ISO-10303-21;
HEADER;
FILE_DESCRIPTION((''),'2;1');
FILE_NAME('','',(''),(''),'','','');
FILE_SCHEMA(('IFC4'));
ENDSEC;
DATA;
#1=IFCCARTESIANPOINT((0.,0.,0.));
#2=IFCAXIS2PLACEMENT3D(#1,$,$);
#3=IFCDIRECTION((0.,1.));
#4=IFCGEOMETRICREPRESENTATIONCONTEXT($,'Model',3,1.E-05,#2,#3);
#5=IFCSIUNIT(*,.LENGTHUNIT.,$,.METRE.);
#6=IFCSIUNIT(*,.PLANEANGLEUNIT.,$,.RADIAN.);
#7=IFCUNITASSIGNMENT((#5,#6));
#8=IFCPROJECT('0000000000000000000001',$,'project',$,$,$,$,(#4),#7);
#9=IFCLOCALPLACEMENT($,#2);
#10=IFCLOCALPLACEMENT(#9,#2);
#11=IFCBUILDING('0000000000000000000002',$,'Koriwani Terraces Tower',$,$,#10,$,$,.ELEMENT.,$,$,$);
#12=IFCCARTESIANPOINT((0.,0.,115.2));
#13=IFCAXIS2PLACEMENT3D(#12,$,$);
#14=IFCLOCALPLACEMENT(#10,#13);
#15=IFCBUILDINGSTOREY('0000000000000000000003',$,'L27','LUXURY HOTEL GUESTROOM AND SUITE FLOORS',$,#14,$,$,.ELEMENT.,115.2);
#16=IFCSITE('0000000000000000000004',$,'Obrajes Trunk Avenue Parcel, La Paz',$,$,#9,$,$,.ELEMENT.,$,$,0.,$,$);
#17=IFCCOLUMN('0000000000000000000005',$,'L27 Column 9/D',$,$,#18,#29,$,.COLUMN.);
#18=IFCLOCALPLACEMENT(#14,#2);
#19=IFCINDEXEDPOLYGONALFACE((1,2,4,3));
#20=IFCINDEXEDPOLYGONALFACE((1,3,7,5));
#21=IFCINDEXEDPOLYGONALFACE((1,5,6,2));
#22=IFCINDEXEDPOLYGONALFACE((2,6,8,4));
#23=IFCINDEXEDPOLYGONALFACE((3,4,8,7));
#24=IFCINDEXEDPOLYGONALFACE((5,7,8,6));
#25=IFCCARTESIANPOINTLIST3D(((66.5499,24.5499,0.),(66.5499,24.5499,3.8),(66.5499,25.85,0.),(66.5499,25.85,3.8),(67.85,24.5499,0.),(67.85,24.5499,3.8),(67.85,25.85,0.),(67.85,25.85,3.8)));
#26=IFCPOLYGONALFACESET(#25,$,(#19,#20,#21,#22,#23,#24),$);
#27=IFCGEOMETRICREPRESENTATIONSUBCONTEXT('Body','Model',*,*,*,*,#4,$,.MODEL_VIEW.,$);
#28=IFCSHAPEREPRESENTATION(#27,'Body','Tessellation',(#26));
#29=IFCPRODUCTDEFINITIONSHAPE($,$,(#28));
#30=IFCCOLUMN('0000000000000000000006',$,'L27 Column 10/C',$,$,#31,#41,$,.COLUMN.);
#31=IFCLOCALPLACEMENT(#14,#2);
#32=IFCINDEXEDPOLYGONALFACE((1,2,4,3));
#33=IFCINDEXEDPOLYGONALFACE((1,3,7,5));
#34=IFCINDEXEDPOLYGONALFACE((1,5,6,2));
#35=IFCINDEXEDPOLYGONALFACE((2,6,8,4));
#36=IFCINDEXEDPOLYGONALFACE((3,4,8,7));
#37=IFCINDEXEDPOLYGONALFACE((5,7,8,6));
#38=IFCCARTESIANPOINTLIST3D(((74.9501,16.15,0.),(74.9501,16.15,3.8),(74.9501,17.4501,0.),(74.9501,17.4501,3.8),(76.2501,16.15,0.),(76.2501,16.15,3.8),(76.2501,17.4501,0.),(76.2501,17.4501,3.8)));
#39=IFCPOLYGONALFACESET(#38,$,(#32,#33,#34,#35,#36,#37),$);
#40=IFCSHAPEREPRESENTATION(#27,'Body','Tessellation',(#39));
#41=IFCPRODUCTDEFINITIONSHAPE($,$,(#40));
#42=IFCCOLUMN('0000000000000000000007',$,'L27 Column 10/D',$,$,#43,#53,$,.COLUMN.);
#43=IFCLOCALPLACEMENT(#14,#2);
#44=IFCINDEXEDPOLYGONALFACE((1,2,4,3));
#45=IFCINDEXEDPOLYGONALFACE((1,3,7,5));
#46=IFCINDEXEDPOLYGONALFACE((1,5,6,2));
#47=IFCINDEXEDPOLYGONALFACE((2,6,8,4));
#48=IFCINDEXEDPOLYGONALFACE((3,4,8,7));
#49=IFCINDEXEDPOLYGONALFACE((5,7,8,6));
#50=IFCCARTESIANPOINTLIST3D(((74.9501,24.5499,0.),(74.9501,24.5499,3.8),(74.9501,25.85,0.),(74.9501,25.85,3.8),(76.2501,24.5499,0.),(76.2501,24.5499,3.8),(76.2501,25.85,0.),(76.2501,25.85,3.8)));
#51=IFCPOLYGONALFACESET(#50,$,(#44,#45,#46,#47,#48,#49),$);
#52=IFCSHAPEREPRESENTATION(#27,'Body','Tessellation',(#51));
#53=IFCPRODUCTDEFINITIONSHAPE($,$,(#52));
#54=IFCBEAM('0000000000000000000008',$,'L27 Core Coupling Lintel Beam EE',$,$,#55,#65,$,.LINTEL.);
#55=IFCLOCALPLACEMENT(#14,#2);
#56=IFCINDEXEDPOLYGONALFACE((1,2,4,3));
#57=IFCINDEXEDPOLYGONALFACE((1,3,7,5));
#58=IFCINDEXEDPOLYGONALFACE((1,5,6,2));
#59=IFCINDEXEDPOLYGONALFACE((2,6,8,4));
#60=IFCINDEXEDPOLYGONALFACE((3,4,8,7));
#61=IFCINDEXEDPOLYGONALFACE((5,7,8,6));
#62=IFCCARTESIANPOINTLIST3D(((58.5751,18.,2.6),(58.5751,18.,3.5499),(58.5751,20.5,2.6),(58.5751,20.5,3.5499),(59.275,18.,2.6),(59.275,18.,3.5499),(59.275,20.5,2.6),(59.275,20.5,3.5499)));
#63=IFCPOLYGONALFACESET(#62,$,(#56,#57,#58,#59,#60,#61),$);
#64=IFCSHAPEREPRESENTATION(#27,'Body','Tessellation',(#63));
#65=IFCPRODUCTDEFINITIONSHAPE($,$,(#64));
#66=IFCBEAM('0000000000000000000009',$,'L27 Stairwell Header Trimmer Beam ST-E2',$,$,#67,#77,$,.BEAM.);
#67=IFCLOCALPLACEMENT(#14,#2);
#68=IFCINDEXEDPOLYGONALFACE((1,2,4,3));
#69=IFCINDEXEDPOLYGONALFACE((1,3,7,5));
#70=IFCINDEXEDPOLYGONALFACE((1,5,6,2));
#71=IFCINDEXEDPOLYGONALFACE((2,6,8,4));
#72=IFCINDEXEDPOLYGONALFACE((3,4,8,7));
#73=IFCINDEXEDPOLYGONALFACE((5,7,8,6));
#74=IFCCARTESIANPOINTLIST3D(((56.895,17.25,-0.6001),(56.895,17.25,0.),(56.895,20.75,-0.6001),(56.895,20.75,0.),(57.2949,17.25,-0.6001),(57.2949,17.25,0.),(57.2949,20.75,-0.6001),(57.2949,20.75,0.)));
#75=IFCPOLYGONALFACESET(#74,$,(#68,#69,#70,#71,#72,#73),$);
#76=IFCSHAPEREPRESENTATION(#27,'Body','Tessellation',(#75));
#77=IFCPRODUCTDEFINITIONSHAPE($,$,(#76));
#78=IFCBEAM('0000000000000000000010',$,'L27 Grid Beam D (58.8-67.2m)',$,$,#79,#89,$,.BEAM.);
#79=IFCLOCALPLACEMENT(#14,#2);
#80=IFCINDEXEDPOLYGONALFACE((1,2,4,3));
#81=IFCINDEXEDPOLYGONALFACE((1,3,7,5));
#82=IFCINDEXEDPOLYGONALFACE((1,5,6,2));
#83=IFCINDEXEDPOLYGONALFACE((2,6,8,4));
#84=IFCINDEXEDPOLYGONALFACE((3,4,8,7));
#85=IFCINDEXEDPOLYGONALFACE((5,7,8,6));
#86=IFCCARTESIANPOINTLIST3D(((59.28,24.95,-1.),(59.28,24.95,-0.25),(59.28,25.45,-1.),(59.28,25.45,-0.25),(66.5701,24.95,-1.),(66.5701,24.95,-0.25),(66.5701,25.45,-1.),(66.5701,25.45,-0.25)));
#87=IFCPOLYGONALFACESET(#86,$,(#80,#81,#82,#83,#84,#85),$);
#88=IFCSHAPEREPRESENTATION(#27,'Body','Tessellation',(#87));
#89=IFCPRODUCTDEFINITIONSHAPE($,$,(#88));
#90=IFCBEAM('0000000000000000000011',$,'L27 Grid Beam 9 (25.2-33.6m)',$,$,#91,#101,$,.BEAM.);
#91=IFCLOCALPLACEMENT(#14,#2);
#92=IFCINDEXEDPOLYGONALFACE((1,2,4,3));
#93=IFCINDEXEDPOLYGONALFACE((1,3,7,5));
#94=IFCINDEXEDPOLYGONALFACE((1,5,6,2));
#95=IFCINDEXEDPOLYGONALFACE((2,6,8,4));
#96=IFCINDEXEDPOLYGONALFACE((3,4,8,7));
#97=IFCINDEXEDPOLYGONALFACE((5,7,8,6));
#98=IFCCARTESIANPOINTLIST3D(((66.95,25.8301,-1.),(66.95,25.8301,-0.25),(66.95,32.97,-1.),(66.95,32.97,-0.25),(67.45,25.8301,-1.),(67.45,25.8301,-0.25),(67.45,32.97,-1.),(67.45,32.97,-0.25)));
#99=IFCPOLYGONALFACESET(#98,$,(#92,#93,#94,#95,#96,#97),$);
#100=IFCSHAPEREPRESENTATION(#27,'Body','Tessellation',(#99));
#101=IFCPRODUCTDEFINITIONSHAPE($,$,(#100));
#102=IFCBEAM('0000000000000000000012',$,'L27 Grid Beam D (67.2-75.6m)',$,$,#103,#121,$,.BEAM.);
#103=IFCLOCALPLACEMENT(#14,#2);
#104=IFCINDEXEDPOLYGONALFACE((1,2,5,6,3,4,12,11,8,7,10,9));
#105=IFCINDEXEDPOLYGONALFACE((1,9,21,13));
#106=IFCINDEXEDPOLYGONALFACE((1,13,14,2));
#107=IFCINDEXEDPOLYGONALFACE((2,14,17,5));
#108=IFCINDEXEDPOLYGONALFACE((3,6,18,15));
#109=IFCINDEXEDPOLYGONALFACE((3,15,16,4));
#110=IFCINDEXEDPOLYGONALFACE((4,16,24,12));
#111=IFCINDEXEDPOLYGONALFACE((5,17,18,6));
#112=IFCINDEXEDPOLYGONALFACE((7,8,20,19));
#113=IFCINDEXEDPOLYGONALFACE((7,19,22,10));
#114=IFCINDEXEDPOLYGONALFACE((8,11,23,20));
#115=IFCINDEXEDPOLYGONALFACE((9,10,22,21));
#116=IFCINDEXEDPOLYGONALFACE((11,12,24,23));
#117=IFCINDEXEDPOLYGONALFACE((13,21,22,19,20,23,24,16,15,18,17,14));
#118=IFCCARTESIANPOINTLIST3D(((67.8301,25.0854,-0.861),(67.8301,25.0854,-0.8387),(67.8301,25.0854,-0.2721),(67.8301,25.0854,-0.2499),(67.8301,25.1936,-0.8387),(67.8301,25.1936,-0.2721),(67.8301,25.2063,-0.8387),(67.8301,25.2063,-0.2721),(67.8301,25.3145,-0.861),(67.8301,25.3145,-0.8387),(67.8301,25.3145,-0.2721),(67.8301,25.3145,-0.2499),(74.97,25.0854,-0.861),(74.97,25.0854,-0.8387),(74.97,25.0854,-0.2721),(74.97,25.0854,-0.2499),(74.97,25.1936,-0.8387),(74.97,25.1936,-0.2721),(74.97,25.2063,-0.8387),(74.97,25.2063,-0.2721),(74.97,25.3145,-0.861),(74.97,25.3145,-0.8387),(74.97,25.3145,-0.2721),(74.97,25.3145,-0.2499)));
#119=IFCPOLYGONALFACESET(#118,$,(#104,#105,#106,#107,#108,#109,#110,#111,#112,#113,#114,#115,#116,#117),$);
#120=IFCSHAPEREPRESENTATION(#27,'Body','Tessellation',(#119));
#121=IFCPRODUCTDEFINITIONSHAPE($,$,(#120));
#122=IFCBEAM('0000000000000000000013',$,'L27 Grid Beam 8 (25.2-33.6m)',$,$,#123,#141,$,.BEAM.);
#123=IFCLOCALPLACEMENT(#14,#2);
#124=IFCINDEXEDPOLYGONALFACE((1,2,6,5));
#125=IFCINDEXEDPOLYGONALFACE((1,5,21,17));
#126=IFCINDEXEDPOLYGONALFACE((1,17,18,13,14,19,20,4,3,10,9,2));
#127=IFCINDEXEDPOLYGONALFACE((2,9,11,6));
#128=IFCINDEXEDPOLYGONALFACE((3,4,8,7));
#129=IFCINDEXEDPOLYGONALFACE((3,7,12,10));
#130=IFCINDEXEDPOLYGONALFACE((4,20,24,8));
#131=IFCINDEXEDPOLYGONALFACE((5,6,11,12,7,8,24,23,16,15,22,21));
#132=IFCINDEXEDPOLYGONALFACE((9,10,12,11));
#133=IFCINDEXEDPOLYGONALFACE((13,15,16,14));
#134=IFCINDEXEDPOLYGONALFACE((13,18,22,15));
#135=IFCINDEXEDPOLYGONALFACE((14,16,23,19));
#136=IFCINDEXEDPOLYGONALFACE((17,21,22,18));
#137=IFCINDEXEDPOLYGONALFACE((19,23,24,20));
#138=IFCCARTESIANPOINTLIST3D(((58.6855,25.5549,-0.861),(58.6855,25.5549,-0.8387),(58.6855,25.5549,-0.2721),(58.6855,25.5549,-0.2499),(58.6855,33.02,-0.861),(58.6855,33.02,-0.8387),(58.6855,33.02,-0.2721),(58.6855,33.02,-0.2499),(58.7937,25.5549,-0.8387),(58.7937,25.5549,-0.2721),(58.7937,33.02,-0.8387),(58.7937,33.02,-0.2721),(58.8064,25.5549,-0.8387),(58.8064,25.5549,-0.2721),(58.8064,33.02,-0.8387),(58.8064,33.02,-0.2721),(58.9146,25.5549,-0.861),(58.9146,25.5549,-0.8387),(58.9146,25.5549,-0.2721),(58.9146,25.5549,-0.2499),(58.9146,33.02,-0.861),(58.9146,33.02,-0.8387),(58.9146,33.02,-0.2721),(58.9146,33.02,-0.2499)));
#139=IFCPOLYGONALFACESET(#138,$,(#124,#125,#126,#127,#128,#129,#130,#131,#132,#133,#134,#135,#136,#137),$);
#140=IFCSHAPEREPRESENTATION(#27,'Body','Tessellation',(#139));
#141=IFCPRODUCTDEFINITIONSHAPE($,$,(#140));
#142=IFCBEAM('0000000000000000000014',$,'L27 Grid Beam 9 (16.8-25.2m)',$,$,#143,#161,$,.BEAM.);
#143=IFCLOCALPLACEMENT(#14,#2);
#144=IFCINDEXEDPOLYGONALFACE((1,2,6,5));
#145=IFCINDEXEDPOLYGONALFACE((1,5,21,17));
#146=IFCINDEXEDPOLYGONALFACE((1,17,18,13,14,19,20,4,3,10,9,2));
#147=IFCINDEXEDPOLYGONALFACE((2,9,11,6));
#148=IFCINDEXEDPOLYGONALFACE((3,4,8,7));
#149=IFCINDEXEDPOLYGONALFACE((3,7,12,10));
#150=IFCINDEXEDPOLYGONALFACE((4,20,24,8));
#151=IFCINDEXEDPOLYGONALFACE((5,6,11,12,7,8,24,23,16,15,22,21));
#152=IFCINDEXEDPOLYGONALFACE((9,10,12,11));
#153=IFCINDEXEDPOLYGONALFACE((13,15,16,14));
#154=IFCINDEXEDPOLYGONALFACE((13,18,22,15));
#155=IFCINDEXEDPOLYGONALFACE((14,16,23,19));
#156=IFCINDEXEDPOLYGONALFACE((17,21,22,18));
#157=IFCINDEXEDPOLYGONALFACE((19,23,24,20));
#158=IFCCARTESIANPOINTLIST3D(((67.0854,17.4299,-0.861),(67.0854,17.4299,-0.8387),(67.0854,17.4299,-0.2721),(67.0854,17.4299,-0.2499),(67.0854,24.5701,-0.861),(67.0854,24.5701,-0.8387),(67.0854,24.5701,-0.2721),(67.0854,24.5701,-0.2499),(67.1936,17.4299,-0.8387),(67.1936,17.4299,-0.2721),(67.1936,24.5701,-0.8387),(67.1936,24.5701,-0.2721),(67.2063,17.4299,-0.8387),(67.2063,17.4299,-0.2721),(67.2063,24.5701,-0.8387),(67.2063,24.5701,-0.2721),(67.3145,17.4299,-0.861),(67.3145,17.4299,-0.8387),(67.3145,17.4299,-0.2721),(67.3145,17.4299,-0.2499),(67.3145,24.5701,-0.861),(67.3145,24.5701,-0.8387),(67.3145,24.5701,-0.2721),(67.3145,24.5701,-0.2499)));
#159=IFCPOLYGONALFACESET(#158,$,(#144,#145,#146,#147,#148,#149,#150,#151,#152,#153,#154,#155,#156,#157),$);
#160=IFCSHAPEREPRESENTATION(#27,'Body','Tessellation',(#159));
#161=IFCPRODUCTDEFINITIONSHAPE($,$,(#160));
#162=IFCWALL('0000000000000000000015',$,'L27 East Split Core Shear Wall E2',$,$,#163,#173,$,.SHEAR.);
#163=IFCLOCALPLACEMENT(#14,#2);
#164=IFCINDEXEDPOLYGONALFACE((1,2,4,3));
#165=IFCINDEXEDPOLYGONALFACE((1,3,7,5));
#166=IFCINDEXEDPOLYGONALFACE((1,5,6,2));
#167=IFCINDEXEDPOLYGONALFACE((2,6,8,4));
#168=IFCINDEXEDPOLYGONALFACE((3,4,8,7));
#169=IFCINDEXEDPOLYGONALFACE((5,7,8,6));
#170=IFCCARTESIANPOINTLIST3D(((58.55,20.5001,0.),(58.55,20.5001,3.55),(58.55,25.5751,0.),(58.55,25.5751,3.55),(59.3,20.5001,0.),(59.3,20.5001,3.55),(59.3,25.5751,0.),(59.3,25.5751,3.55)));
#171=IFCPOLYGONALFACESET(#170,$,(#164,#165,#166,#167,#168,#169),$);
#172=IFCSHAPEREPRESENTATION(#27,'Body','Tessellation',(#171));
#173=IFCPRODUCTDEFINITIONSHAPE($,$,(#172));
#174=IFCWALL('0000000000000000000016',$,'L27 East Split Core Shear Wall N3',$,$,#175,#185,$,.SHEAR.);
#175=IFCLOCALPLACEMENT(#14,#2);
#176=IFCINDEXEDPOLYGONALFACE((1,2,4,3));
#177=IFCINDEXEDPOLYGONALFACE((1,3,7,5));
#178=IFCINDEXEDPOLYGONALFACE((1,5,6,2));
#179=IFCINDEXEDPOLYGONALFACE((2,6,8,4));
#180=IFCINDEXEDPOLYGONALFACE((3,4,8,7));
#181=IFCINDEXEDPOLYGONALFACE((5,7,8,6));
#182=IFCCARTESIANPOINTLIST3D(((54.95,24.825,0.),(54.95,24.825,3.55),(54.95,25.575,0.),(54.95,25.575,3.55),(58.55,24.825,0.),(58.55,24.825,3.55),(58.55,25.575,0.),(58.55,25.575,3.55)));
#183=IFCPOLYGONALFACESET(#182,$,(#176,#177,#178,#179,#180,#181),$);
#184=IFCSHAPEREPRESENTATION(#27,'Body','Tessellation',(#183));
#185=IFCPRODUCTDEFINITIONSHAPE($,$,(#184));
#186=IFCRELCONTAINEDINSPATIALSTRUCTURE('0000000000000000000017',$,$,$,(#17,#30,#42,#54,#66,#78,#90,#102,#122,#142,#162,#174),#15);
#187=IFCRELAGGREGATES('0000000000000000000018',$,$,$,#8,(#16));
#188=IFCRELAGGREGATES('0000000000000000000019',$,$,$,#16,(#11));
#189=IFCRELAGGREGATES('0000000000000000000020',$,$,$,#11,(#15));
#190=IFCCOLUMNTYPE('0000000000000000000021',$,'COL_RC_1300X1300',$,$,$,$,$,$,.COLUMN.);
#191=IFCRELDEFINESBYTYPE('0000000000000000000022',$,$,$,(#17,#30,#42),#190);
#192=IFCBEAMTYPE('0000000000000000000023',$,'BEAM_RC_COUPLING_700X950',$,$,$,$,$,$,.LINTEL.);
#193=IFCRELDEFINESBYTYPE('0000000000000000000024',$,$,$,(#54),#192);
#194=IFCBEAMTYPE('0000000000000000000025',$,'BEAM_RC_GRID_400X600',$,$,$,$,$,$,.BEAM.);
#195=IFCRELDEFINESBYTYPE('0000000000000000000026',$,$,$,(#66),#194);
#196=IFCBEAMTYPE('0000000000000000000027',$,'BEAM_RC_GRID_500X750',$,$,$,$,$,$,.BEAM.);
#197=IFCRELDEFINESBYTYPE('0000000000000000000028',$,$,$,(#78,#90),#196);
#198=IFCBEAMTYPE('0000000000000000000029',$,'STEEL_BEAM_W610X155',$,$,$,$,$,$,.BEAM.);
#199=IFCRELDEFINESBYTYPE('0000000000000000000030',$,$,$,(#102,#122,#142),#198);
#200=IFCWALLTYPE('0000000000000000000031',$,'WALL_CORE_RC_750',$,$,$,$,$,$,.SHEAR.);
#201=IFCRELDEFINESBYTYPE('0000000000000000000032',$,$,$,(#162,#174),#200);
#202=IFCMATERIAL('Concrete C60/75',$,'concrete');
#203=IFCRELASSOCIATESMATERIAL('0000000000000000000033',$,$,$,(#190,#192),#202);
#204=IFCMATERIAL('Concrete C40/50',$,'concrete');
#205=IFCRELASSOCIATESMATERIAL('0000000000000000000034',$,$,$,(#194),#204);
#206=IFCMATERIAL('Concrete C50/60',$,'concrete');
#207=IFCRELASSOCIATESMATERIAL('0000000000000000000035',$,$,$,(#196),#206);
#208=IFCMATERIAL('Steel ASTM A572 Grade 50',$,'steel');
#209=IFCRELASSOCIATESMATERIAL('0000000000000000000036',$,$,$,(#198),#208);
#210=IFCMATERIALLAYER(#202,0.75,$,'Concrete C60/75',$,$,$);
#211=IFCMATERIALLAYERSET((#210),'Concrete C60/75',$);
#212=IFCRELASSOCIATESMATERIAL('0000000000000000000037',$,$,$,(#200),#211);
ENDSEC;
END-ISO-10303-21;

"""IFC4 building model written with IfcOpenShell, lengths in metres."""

from ifc_helpers import new_model, si_unit, direction, frame, frame_2d, origin, origin_2d, place, context, subcontext, project, spatial, rectangle, i_section, extrude, material, layer, layer_set, material_profile, profile_set, type_object, element, save


model = new_model("IFC4")

# Units and contexts
model_context = context("Model", 3, precision=1e-05, world=origin(), true_north=direction((0.0, 1.0)))
body_context = subcontext(model_context, "Body", "Model", "MODEL_VIEW")
ifc_project = project(units=[si_unit("LENGTHUNIT", "METRE"), si_unit("PLANEANGLEUNIT", "RADIAN")], contexts=[model_context])

# Site, building, storey
site_placement = place(None, origin())
site = spatial("IfcSite", under=ifc_project, at=site_placement, Name="Obrajes Trunk Avenue Parcel, La Paz", CompositionType="ELEMENT", RefElevation=0.0)
building_placement = place(site_placement, origin())
building = spatial("IfcBuilding", under=site, at=building_placement, Name="Koriwani Terraces Tower", CompositionType="ELEMENT")
storey_placement = place(building_placement, frame((0.0, 0.0, 115.2)))
storey = spatial("IfcBuildingStorey", under=building, at=storey_placement, Name="L27", Description="LUXURY HOTEL GUESTROOM AND SUITE FLOORS", CompositionType="ELEMENT", Elevation=115.2)

# Columns
ifc_material_1 = material(Name="Concrete C60/75", Category="concrete")
ifc_material_profile_1 = material_profile(ifc_material_1, rectangle(XDim=1.3, YDim=1.3, at=origin_2d()), Name="Concrete C60/75", Category="LoadBearing")
ifc_profile_set_1 = profile_set([ifc_material_profile_1], Name="Concrete C60/75")
column_type = type_object("IfcColumnType", Name="COL_RC_1300X1300", PredefinedType="COLUMN", material=ifc_profile_set_1)
for number, where, z_axis, x_axis, name in (
    (1, (67.2, 25.2, 0.0), (0.0, 0.0, 1.0), (1.0, 0.0, 0.0), "L27 Column 9/D"),
    (2, (75.6001, 16.8, 0.0), (0.0, 0.0, 1.0), (1.0, 0.0, 0.0), "L27 Column 10/C"),
    (3, (75.6001, 25.2, 0.0), (0.0, 0.0, 1.0), (1.0, 0.0, 0.0), "L27 Column 10/D"),
):
    element("IfcColumn", number, at=place(storey_placement, frame(where, z_axis=z_axis, x_axis=x_axis)), inside=storey, type_object=column_type, Name=name, PredefinedType="COLUMN", context=body_context, shape_type="SweptSolid", body=[
        extrude(rectangle(XDim=1.3, YDim=1.3, at=origin_2d()), origin(), (0.0, 0.0, 1.0), 3.8),
    ])

# Beams
ifc_material_profile_2 = material_profile(ifc_material_1, rectangle(XDim=0.7, YDim=0.95, at=origin_2d()), Name="Concrete C60/75", Category="LoadBearing")
ifc_profile_set_2 = profile_set([ifc_material_profile_2], Name="Concrete C60/75")
beam_type_1 = type_object("IfcBeamType", Name="BEAM_RC_COUPLING_700X950", PredefinedType="LINTEL", material=ifc_profile_set_2)
beam_1_placement = place(storey_placement, frame((58.925, 18.0, 3.075), z_axis=(0.0, 1.0, 0.0), x_axis=(-1.0, 0.0, 0.0)))
element("IfcBeam", 4, at=beam_1_placement, inside=storey, type_object=beam_type_1, Name="L27 Core Coupling Lintel Beam EE", PredefinedType="LINTEL", context=body_context, shape_type="SweptSolid", body=[
    extrude(rectangle(XDim=0.7, YDim=0.95, at=origin_2d()), origin(), (0.0, 0.0, 1.0), 2.5),
])
ifc_material_2 = material(Name="Concrete C40/50", Category="concrete")
ifc_material_profile_3 = material_profile(ifc_material_2, rectangle(XDim=0.3999, YDim=0.6001, at=origin_2d()), Name="Concrete C40/50", Category="LoadBearing")
ifc_profile_set_3 = profile_set([ifc_material_profile_3], Name="Concrete C40/50")
beam_type_2 = type_object("IfcBeamType", Name="BEAM_RC_GRID_400X600", PredefinedType="BEAM", material=ifc_profile_set_3)
beam_2_placement = place(storey_placement, frame((57.095, 17.25, -0.3), z_axis=(0.0, 1.0, 0.0), x_axis=(-1.0, 0.0, 0.0)))
element("IfcBeam", 5, at=beam_2_placement, inside=storey, type_object=beam_type_2, Name="L27 Stairwell Header Trimmer Beam ST-E2", PredefinedType="BEAM", context=body_context, shape_type="SweptSolid", body=[
    extrude(rectangle(XDim=0.3999, YDim=0.6001, at=origin_2d()), origin(), (0.0, 0.0, 1.0), 3.5),
])
ifc_material_3 = material(Name="Concrete C50/60", Category="concrete")
ifc_material_profile_4 = material_profile(ifc_material_3, rectangle(XDim=0.5, YDim=0.75, at=origin_2d()), Name="Concrete C50/60", Category="LoadBearing")
ifc_profile_set_4 = profile_set([ifc_material_profile_4], Name="Concrete C50/60")
beam_type_3 = type_object("IfcBeamType", Name="BEAM_RC_GRID_500X750", PredefinedType="BEAM", material=ifc_profile_set_4)
beam_3_placement = place(storey_placement, frame((59.28, 25.2, -0.625), z_axis=(1.0, 0.0, 0.0), x_axis=(0.0, 1.0, 0.0)))
element("IfcBeam", 6, at=beam_3_placement, inside=storey, type_object=beam_type_3, Name="L27 Grid Beam D (58.8-67.2m)", PredefinedType="BEAM", context=body_context, shape_type="SweptSolid", body=[
    extrude(rectangle(XDim=0.5, YDim=0.75, at=origin_2d()), origin(), (0.0, 0.0, 1.0), 7.29),
])
beam_4_placement = place(storey_placement, frame((67.2, 25.8301, -0.625), z_axis=(0.0, 1.0, 0.0), x_axis=(-1.0, 0.0, 0.0)))
element("IfcBeam", 7, at=beam_4_placement, inside=storey, type_object=beam_type_3, Name="L27 Grid Beam 9 (25.2-33.6m)", PredefinedType="BEAM", context=body_context, shape_type="SweptSolid", body=[
    extrude(rectangle(XDim=0.5, YDim=0.75, at=origin_2d()), origin(), (0.0, 0.0, 1.0), 7.1399),
])
ifc_material_4 = material(Name="Steel ASTM A572 Grade 50", Category="steel")
ifc_material_profile_5 = material_profile(ifc_material_4, i_section(OverallWidth=0.229, OverallDepth=0.6111, WebThickness=0.0127, FlangeThickness=0.0222, at=origin_2d()), Name="Steel ASTM A572 Grade 50", Category="LoadBearing")
ifc_profile_set_5 = profile_set([ifc_material_profile_5], Name="Steel ASTM A572 Grade 50")
beam_type_4 = type_object("IfcBeamType", Name="STEEL_BEAM_W610X155", PredefinedType="BEAM", material=ifc_profile_set_5)
beam_5_placement = place(storey_placement, frame((67.8301, 25.2, -0.5554), z_axis=(1.0, 0.0, 0.0), x_axis=(0.0, 1.0, 0.0)))
element("IfcBeam", 8, at=beam_5_placement, inside=storey, type_object=beam_type_4, Name="L27 Grid Beam D (67.2-75.6m)", PredefinedType="BEAM", context=body_context, shape_type="SweptSolid", body=[
    extrude(i_section(OverallWidth=0.229, OverallDepth=0.6111, WebThickness=0.0127, FlangeThickness=0.0222, at=origin_2d()), origin(), (0.0, 0.0, 1.0), 7.1399),
])
beam_6_placement = place(storey_placement, frame((58.8, 25.5549, -0.5554), z_axis=(0.0, 1.0, 0.0), x_axis=(-1.0, 0.0, 0.0)))
element("IfcBeam", 9, at=beam_6_placement, inside=storey, type_object=beam_type_4, Name="L27 Grid Beam 8 (25.2-33.6m)", PredefinedType="BEAM", context=body_context, shape_type="SweptSolid", body=[
    extrude(i_section(OverallWidth=0.229, OverallDepth=0.6111, WebThickness=0.0127, FlangeThickness=0.0222, at=origin_2d()), origin(), (0.0, 0.0, 1.0), 7.4651),
])
beam_7_placement = place(storey_placement, frame((67.2, 17.4299, -0.5554), z_axis=(0.0, 1.0, 0.0), x_axis=(-1.0, 0.0, 0.0)))
element("IfcBeam", 10, at=beam_7_placement, inside=storey, type_object=beam_type_4, Name="L27 Grid Beam 9 (16.8-25.2m)", PredefinedType="BEAM", context=body_context, shape_type="SweptSolid", body=[
    extrude(i_section(OverallWidth=0.229, OverallDepth=0.6111, WebThickness=0.0127, FlangeThickness=0.0222, at=origin_2d()), origin(), (0.0, 0.0, 1.0), 7.1401),
])

# Walls
ifc_layer_1 = layer(ifc_material_1, 0.75, Name="Concrete C60/75")
ifc_layer_set_1 = layer_set([ifc_layer_1], Name="Concrete C60/75")
wall_type_1 = type_object("IfcWallType", Name="WALL_CORE_RC_750", PredefinedType="SHEAR", material=ifc_layer_set_1)
wall_1_placement = place(storey_placement, frame((58.925, 20.5, 0.0), z_axis=(0.0, 0.0, 1.0), x_axis=(0.0, 1.0, 0.0)))
element("IfcWall", 11, at=wall_1_placement, inside=storey, type_object=wall_type_1, Name="L27 East Split Core Shear Wall E2", PredefinedType="SHEAR", context=body_context, shape_type="SweptSolid", body=[
    extrude(rectangle(XDim=5.075, YDim=0.75, at=frame_2d((2.5376, 0.0))), origin(), (0.0, 0.0, 1.0), 3.55),
])
wall_2_placement = place(storey_placement, frame((54.95, 25.2, 0.0), z_axis=(0.0, 0.0, 1.0), x_axis=(1.0, 0.0, 0.0)))
element("IfcWall", 12, at=wall_2_placement, inside=storey, type_object=wall_type_1, Name="L27 East Split Core Shear Wall N3", PredefinedType="SHEAR", context=body_context, shape_type="SweptSolid", body=[
    extrude(rectangle(XDim=3.6001, YDim=0.75, at=frame_2d((1.8, 0.0))), origin(), (0.0, 0.0, 1.0), 3.55),
])

save(model, "model.ifc")
